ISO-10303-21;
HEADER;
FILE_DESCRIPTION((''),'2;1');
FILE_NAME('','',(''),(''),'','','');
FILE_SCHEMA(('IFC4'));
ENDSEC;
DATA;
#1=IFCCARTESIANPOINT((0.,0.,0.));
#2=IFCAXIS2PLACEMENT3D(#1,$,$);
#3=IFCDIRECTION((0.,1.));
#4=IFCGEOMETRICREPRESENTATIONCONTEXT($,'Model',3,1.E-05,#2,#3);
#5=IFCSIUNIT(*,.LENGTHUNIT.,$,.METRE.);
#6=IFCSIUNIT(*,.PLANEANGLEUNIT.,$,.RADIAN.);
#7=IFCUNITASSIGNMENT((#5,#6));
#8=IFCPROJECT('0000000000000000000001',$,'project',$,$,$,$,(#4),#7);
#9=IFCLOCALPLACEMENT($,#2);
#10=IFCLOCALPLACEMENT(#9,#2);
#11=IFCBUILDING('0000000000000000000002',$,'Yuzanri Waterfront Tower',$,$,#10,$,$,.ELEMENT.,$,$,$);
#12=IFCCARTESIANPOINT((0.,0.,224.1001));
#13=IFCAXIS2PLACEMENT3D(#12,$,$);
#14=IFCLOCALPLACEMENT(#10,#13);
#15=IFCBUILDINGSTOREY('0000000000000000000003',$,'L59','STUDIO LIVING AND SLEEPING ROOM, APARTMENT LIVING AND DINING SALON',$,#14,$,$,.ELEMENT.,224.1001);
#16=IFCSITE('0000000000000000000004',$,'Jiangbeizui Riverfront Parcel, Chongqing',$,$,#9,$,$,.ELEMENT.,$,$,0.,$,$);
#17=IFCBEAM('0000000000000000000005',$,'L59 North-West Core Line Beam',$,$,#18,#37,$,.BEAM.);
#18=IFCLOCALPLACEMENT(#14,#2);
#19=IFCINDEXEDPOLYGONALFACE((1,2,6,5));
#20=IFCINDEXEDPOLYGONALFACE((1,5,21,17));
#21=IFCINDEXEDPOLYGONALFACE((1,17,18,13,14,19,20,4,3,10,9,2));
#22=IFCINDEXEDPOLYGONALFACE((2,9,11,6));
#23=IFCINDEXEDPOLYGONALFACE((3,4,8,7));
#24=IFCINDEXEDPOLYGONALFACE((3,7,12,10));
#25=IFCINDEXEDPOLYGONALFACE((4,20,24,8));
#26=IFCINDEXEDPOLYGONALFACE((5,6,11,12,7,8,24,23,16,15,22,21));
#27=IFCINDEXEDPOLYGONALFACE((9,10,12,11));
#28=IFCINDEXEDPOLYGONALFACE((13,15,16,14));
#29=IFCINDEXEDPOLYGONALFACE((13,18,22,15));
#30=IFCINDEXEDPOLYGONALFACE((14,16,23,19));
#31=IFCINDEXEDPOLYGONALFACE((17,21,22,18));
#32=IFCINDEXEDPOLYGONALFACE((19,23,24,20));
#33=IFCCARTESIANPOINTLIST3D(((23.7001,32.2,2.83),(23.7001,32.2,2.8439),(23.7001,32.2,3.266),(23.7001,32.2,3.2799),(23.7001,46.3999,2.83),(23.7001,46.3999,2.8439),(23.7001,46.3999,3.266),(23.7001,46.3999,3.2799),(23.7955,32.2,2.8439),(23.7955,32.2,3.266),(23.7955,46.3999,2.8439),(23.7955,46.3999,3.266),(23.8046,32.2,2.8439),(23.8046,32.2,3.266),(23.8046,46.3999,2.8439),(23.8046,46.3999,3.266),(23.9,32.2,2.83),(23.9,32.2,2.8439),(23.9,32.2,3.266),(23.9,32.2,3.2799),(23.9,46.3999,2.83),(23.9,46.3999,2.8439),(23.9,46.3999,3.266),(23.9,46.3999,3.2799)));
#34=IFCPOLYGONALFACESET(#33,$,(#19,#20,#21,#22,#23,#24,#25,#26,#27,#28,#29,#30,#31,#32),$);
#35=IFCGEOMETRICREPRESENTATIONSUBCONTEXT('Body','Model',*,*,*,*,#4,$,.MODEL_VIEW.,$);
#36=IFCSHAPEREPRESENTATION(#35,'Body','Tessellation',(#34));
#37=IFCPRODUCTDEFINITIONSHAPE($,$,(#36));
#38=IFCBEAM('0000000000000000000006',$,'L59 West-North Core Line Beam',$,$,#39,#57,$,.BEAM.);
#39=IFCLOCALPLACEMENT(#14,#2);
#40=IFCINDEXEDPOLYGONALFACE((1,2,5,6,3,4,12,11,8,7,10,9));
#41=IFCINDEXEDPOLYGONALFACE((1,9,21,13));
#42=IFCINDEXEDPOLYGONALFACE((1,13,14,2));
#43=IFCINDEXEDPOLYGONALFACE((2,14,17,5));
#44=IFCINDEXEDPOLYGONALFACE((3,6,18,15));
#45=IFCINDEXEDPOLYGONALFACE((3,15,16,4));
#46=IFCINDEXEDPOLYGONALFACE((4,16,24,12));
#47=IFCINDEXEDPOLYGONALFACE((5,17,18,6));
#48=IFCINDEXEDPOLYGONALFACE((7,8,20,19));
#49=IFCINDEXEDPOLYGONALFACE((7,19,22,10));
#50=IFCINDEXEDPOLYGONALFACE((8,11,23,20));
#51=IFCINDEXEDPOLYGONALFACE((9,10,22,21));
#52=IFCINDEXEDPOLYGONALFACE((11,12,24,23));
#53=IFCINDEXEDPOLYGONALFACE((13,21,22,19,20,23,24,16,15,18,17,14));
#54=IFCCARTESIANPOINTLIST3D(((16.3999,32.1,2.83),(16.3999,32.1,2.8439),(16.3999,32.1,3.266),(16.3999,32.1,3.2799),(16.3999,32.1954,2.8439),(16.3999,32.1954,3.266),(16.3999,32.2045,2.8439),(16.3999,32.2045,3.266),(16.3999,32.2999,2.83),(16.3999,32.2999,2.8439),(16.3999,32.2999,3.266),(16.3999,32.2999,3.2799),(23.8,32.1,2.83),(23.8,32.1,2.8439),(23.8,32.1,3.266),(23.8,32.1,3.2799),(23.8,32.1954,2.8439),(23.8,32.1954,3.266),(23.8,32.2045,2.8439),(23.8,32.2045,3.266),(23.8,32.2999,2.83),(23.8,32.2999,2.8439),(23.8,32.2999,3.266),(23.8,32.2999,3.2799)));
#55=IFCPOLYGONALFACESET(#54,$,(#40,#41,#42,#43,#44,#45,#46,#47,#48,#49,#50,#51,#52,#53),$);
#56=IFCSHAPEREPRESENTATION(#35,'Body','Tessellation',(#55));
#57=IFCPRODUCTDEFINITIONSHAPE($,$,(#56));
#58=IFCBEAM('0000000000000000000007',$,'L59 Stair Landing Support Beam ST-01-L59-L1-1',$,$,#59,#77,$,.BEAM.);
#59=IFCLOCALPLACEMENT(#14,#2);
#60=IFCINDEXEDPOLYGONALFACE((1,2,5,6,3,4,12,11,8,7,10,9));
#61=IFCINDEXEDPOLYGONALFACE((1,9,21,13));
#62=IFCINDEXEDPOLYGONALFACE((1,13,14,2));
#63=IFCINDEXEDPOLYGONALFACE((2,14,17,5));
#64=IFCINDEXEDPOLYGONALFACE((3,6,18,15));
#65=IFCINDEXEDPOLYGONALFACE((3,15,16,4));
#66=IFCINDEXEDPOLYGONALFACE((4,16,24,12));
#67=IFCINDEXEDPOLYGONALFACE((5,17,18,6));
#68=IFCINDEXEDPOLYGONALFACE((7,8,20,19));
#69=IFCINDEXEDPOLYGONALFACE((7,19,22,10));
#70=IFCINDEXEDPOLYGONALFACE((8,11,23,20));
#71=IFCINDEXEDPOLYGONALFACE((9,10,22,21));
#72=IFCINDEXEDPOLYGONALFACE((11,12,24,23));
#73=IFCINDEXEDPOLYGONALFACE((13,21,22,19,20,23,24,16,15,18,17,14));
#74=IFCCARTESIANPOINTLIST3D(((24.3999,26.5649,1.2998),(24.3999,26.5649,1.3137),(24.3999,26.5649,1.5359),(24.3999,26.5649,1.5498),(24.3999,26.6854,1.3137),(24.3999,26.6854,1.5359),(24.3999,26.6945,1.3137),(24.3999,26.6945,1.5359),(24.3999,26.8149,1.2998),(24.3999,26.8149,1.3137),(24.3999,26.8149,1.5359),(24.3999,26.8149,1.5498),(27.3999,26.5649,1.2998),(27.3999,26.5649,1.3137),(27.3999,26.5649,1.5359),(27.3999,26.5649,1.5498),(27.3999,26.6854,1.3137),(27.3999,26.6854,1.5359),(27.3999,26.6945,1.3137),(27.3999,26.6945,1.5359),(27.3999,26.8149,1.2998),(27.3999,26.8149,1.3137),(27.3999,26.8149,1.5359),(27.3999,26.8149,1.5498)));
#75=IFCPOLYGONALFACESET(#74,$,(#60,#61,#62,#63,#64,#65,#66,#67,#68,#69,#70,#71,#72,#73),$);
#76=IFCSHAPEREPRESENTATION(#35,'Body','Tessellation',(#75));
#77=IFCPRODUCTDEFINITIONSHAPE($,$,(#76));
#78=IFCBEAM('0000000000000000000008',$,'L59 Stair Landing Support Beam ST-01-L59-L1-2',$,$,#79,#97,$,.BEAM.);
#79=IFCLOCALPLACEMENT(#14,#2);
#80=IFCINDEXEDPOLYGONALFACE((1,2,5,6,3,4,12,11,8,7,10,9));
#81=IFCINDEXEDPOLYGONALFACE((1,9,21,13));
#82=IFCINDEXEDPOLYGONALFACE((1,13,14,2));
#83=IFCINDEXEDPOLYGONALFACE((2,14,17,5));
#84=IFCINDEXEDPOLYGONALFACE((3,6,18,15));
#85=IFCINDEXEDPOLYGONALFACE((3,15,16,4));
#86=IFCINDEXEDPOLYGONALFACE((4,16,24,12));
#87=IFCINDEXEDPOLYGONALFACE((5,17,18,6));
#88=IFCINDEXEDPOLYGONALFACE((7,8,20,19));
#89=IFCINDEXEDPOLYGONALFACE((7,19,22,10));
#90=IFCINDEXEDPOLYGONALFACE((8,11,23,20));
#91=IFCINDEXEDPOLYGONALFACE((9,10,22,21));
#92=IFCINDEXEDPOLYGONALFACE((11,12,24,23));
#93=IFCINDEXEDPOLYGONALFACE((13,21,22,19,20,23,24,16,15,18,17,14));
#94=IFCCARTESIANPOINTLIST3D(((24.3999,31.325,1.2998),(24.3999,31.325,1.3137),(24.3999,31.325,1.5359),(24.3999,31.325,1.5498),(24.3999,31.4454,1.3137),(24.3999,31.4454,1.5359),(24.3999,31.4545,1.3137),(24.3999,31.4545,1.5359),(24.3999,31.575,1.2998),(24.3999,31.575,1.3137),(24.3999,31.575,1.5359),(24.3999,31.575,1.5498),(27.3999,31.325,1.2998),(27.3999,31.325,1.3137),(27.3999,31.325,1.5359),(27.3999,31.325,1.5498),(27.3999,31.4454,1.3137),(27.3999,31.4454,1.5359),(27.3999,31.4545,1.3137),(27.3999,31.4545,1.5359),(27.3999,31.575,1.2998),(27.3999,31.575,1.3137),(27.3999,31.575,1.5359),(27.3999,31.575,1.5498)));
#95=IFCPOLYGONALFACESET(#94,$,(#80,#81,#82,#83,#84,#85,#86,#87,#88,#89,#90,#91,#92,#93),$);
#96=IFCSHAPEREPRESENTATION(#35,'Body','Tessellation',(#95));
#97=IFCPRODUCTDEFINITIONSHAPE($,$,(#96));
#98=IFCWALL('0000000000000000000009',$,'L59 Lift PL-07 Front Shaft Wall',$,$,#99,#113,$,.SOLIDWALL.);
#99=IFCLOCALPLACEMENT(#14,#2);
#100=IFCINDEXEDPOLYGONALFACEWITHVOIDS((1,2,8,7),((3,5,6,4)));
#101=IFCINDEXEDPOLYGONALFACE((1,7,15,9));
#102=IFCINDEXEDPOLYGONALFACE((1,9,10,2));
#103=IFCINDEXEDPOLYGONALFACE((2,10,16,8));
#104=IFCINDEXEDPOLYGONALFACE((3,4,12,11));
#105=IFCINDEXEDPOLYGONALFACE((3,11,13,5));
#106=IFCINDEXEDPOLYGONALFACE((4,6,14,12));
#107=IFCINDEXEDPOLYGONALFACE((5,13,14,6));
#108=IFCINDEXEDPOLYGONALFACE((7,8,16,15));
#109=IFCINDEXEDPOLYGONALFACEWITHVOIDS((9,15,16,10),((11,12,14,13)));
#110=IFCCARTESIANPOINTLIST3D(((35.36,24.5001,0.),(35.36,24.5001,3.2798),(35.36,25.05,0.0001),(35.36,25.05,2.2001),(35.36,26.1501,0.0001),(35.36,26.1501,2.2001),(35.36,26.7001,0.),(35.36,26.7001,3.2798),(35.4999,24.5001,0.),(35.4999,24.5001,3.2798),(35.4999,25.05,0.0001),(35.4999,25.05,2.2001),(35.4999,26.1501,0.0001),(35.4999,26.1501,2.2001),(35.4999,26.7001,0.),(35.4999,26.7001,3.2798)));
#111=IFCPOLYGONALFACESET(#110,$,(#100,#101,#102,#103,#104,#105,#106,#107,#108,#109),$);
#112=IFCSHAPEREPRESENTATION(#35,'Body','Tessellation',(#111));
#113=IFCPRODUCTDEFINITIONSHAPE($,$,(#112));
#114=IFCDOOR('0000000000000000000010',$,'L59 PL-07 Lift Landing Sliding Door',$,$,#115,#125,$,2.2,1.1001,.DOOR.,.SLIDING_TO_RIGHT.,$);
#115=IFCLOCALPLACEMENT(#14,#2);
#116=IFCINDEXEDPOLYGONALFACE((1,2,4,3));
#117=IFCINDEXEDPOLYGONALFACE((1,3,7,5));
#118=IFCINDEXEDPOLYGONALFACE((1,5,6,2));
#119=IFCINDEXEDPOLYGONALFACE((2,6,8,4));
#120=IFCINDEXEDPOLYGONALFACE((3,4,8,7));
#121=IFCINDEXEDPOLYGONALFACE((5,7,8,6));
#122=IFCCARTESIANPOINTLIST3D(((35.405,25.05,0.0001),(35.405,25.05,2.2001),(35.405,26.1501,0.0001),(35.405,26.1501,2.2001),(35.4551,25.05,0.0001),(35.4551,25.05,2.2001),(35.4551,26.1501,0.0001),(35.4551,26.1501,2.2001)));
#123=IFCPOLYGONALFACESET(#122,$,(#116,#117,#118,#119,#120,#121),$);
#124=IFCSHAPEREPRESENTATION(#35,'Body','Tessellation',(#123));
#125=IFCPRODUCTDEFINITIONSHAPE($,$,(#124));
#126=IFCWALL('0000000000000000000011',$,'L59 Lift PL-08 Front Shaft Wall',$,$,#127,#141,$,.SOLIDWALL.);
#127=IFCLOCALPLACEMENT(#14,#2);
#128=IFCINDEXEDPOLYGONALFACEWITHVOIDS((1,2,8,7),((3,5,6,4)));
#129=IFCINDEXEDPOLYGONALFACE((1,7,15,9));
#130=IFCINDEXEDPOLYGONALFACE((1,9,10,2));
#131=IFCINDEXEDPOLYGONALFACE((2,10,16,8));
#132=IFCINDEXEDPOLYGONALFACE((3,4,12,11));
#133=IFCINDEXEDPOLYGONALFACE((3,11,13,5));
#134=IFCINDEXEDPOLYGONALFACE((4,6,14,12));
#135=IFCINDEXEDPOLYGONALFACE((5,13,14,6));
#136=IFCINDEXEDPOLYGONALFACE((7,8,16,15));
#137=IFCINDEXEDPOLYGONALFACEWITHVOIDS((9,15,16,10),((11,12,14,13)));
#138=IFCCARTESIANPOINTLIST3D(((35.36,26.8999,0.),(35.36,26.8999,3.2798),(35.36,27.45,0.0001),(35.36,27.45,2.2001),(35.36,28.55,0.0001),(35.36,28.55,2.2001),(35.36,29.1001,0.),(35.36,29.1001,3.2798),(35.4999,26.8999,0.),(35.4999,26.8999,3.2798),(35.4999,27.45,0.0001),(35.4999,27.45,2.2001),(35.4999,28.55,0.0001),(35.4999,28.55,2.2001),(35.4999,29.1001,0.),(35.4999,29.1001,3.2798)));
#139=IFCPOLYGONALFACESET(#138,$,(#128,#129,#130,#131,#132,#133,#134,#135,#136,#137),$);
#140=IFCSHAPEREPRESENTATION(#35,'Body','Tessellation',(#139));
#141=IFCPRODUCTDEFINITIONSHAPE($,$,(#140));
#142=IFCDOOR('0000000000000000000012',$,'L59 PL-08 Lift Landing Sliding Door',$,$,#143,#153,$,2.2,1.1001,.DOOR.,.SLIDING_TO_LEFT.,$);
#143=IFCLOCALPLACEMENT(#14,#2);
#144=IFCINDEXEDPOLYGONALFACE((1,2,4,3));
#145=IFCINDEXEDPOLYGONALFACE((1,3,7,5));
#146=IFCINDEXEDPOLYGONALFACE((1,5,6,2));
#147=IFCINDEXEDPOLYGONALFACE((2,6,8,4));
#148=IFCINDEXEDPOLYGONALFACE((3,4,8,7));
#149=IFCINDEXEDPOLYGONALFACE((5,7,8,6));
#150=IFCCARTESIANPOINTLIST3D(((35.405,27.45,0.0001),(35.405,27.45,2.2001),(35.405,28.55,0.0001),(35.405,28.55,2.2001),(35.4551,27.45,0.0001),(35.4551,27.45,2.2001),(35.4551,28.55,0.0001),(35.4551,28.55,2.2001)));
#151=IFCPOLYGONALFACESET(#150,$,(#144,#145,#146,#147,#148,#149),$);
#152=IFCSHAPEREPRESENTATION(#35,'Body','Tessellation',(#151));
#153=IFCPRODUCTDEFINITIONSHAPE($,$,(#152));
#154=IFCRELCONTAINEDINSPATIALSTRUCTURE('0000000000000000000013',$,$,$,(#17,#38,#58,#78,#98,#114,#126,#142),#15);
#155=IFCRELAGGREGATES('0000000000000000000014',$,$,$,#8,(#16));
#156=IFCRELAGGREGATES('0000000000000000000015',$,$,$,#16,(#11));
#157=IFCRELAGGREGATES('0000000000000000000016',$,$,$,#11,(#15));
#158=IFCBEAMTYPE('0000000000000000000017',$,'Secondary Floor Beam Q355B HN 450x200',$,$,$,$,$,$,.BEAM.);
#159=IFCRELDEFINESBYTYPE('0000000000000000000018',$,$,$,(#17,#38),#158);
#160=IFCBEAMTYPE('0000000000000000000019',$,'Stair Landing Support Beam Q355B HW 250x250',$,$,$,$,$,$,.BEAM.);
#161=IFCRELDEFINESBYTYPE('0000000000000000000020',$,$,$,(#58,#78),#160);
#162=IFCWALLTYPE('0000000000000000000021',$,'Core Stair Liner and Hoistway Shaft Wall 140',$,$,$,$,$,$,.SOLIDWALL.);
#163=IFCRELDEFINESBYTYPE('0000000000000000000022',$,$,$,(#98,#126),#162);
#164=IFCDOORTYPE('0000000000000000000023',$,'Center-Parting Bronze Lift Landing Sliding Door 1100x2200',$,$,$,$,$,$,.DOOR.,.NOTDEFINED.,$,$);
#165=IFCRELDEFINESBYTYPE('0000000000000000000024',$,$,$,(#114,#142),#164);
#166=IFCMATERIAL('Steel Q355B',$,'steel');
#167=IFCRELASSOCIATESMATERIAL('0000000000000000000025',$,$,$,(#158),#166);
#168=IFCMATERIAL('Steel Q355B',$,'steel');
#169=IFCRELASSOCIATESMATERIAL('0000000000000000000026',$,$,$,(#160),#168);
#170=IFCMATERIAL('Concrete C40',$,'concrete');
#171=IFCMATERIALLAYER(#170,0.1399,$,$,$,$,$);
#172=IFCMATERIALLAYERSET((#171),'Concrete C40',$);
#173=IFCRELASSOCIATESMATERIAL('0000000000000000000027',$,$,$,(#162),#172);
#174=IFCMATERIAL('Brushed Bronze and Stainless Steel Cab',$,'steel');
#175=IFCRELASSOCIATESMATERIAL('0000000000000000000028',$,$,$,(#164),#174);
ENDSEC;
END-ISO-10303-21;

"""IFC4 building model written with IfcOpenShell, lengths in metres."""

from ifc_helpers import new_model, si_unit, direction, frame, frame_2d, origin, origin_2d, place, context, subcontext, project, spatial, rectangle, i_section, extrude, source, transform, mapped, material, layer, layer_set, material_profile, profile_set, type_object, element, fill, save


model = new_model("IFC4")

# Units and contexts
model_context = context("Model", 3, precision=1e-05, world=origin(), true_north=direction((0.0, 1.0)))
body_context = subcontext(model_context, "Body", "Model", "MODEL_VIEW")
ifc_project = project(units=[si_unit("LENGTHUNIT", "METRE"), si_unit("PLANEANGLEUNIT", "RADIAN")], contexts=[model_context])

# Site, building, storey
site_placement = place(None, origin())
site = spatial("IfcSite", under=ifc_project, at=site_placement, Name="Jiangbeizui Riverfront Parcel, Chongqing", CompositionType="ELEMENT", RefElevation=0.0)
building_placement = place(site_placement, origin())
building = spatial("IfcBuilding", under=site, at=building_placement, Name="Yuzanri Waterfront Tower", CompositionType="ELEMENT")
storey_placement = place(building_placement, frame((0.0, 0.0, 224.1001)))
storey = spatial("IfcBuildingStorey", under=building, at=storey_placement, Name="L59", Description="STUDIO LIVING AND SLEEPING ROOM, APARTMENT LIVING AND DINING SALON", CompositionType="ELEMENT", Elevation=224.1001)

# Beams
ifc_material_1 = material(Name="Steel Q355B", Category="steel")
ifc_material_profile_1 = material_profile(ifc_material_1, i_section(OverallWidth=0.2, OverallDepth=0.45, WebThickness=0.009, FlangeThickness=0.0139, at=origin_2d()), Name="HN 450x200x9x14")
ifc_profile_set_1 = profile_set([ifc_material_profile_1], Name="Steel Q355B")
beam_type_1 = type_object("IfcBeamType", Name="Secondary Floor Beam Q355B HN 450x200", PredefinedType="BEAM", material=ifc_profile_set_1)
shared_shape_1 = source(origin(), body_context, "Body", "SweptSolid", [
    extrude(i_section(OverallWidth=0.2, OverallDepth=0.45, WebThickness=0.009, FlangeThickness=0.0139, at=origin_2d()), origin(), (0.0, 0.0, 1.0), 14.2),
])
beam_1_placement = place(storey_placement, frame((23.8, 32.2, 3.0549), z_axis=(0.0, 1.0, 0.0), x_axis=(-1.0, 0.0, 0.0)))
element("IfcBeam", 1, at=beam_1_placement, inside=storey, type_object=beam_type_1, Name="L59 North-West Core Line Beam", PredefinedType="BEAM", context=body_context, shape_type="MappedRepresentation", body=[
    mapped(shared_shape_1, transform((0.0, 0.0, 0.0), scale=1.0)),
])
shared_shape_2 = source(origin(), body_context, "Body", "SweptSolid", [
    extrude(i_section(OverallWidth=0.2, OverallDepth=0.45, WebThickness=0.009, FlangeThickness=0.0139, at=origin_2d()), origin(), (0.0, 0.0, 1.0), 7.4001),
])
beam_2_placement = place(storey_placement, frame((23.8, 32.2, 3.0549), z_axis=(-1.0, 0.0, 0.0), x_axis=(0.0, -1.0, 0.0)))
element("IfcBeam", 2, at=beam_2_placement, inside=storey, type_object=beam_type_1, Name="L59 West-North Core Line Beam", PredefinedType="BEAM", context=body_context, shape_type="MappedRepresentation", body=[
    mapped(shared_shape_2, transform((0.0, 0.0, 0.0), scale=1.0)),
])
ifc_material_2 = material(Name="Steel Q355B", Category="steel")
ifc_material_profile_2 = material_profile(ifc_material_2, i_section(OverallWidth=0.25, OverallDepth=0.25, WebThickness=0.009, FlangeThickness=0.0139, at=origin_2d()), Name="HW 250x250x9x14")
ifc_profile_set_2 = profile_set([ifc_material_profile_2], Name="Steel Q355B")
beam_type_2 = type_object("IfcBeamType", Name="Stair Landing Support Beam Q355B HW 250x250", PredefinedType="BEAM", material=ifc_profile_set_2)
shared_shape_3 = source(origin(), body_context, "Body", "SweptSolid", [
    extrude(i_section(OverallWidth=0.25, OverallDepth=0.25, WebThickness=0.009, FlangeThickness=0.0139, at=origin_2d()), origin(), (0.0, 0.0, 1.0), 3.0),
])
for number, where, z_axis, x_axis, name in (
    (3, (24.3999, 26.6899, 1.4248), (1.0, 0.0, 0.0), (0.0, 1.0, 0.0), "L59 Stair Landing Support Beam ST-01-L59-L1-1"),
    (4, (24.3999, 31.45, 1.4248), (1.0, 0.0, 0.0), (0.0, 1.0, 0.0), "L59 Stair Landing Support Beam ST-01-L59-L1-2"),
):
    element("IfcBeam", number, at=place(storey_placement, frame(where, z_axis=z_axis, x_axis=x_axis)), inside=storey, type_object=beam_type_2, Name=name, PredefinedType="BEAM", context=body_context, shape_type="MappedRepresentation", body=[
        mapped(shared_shape_3, transform((0.0, 0.0, 0.0), scale=1.0)),
    ])

# Walls, openings, doors
ifc_material_3 = material(Name="Concrete C40", Category="concrete")
ifc_layer_1 = layer(ifc_material_3, 0.1399)
ifc_layer_set_1 = layer_set([ifc_layer_1], Name="Concrete C40")
wall_type_1 = type_object("IfcWallType", Name="Core Stair Liner and Hoistway Shaft Wall 140", PredefinedType="SOLIDWALL", material=ifc_layer_set_1)
wall_1_placement = place(storey_placement, frame((35.4299, 24.5, 0.0), z_axis=(0.0, 0.0, 1.0), x_axis=(0.0, 1.0, 0.0)))
wall_1 = element("IfcWall", 5, at=wall_1_placement, inside=storey, type_object=wall_type_1, Name="L59 Lift PL-07 Front Shaft Wall", PredefinedType="SOLIDWALL", context=body_context, shape_type="SweptSolid", body=[
    extrude(rectangle(XDim=2.2, YDim=0.1399, at=frame_2d((1.1001, 0.0))), origin(), (0.0, 0.0, 1.0), 3.2798),
])
opening_1_placement = place(wall_1_placement, frame((0.55, 0.0, 0.0)))
opening_1 = element("IfcOpeningElement", 6, at=opening_1_placement, cuts=wall_1, PredefinedType="OPENING", context=body_context, shape_type="SweptSolid", body=[
    extrude(rectangle(XDim=1.1001, YDim=2.2, at=frame_2d((0.55, 1.1001))), frame((0.0, 0.085, 0.0), z_axis=(0.0, -1.0, 0.0), x_axis=(1.0, 0.0, 0.0)), (0.0, 0.0, 1.0), 0.1697),
])
ifc_material_4 = material(Name="Brushed Bronze and Stainless Steel Cab", Category="steel")
door_type_1 = type_object("IfcDoorType", Name="Center-Parting Bronze Lift Landing Sliding Door 1100x2200", OperationType="NOTDEFINED", PredefinedType="DOOR", material=ifc_material_4)
shared_shape_4 = source(origin(), body_context, "Body", "SweptSolid", [
    extrude(rectangle(XDim=1.1001, YDim=2.2, at=frame_2d((0.55, 1.1001))), frame((0.0, 0.0249, 0.0), z_axis=(0.0, -1.0, 0.0), x_axis=(1.0, 0.0, 0.0)), (0.0, 0.0, 1.0), 0.05),
])
door_1_placement = place(opening_1_placement, origin())
door_1 = element("IfcDoor", 7, at=door_1_placement, inside=storey, type_object=door_type_1, Name="L59 PL-07 Lift Landing Sliding Door", OperationType="SLIDING_TO_RIGHT", OverallHeight=2.2, OverallWidth=1.1001, PredefinedType="DOOR", context=body_context, shape_type="MappedRepresentation", body=[
    mapped(shared_shape_4, transform((0.0, 0.0, 0.0), scale=1.0)),
])
fill(opening_1, door_1)
wall_2_placement = place(storey_placement, frame((35.4299, 26.8999, 0.0), z_axis=(0.0, 0.0, 1.0), x_axis=(0.0, 1.0, 0.0)))
wall_2 = element("IfcWall", 8, at=wall_2_placement, inside=storey, type_object=wall_type_1, Name="L59 Lift PL-08 Front Shaft Wall", PredefinedType="SOLIDWALL", context=body_context, shape_type="SweptSolid", body=[
    extrude(rectangle(XDim=2.2002, YDim=0.1399, at=frame_2d((1.1001, 0.0))), origin(), (0.0, 0.0, 1.0), 3.2798),
])
opening_2_placement = place(wall_2_placement, frame((0.55, 0.0, 0.0)))
opening_2 = element("IfcOpeningElement", 9, at=opening_2_placement, cuts=wall_2, PredefinedType="OPENING", context=body_context, shape_type="SweptSolid", body=[
    extrude(rectangle(XDim=1.1001, YDim=2.2, at=frame_2d((0.55, 1.1001))), frame((0.0, 0.085, 0.0), z_axis=(0.0, -1.0, 0.0), x_axis=(1.0, 0.0, 0.0)), (0.0, 0.0, 1.0), 0.1697),
])
door_2_placement = place(opening_2_placement, origin())
door_2 = element("IfcDoor", 10, at=door_2_placement, inside=storey, type_object=door_type_1, Name="L59 PL-08 Lift Landing Sliding Door", OperationType="SLIDING_TO_LEFT", OverallHeight=2.2, OverallWidth=1.1001, PredefinedType="DOOR", context=body_context, shape_type="MappedRepresentation", body=[
    mapped(shared_shape_4, transform((0.0, 0.0, 0.0), scale=1.0)),
])
fill(opening_2, door_2)

save(model, "model.ifc")
